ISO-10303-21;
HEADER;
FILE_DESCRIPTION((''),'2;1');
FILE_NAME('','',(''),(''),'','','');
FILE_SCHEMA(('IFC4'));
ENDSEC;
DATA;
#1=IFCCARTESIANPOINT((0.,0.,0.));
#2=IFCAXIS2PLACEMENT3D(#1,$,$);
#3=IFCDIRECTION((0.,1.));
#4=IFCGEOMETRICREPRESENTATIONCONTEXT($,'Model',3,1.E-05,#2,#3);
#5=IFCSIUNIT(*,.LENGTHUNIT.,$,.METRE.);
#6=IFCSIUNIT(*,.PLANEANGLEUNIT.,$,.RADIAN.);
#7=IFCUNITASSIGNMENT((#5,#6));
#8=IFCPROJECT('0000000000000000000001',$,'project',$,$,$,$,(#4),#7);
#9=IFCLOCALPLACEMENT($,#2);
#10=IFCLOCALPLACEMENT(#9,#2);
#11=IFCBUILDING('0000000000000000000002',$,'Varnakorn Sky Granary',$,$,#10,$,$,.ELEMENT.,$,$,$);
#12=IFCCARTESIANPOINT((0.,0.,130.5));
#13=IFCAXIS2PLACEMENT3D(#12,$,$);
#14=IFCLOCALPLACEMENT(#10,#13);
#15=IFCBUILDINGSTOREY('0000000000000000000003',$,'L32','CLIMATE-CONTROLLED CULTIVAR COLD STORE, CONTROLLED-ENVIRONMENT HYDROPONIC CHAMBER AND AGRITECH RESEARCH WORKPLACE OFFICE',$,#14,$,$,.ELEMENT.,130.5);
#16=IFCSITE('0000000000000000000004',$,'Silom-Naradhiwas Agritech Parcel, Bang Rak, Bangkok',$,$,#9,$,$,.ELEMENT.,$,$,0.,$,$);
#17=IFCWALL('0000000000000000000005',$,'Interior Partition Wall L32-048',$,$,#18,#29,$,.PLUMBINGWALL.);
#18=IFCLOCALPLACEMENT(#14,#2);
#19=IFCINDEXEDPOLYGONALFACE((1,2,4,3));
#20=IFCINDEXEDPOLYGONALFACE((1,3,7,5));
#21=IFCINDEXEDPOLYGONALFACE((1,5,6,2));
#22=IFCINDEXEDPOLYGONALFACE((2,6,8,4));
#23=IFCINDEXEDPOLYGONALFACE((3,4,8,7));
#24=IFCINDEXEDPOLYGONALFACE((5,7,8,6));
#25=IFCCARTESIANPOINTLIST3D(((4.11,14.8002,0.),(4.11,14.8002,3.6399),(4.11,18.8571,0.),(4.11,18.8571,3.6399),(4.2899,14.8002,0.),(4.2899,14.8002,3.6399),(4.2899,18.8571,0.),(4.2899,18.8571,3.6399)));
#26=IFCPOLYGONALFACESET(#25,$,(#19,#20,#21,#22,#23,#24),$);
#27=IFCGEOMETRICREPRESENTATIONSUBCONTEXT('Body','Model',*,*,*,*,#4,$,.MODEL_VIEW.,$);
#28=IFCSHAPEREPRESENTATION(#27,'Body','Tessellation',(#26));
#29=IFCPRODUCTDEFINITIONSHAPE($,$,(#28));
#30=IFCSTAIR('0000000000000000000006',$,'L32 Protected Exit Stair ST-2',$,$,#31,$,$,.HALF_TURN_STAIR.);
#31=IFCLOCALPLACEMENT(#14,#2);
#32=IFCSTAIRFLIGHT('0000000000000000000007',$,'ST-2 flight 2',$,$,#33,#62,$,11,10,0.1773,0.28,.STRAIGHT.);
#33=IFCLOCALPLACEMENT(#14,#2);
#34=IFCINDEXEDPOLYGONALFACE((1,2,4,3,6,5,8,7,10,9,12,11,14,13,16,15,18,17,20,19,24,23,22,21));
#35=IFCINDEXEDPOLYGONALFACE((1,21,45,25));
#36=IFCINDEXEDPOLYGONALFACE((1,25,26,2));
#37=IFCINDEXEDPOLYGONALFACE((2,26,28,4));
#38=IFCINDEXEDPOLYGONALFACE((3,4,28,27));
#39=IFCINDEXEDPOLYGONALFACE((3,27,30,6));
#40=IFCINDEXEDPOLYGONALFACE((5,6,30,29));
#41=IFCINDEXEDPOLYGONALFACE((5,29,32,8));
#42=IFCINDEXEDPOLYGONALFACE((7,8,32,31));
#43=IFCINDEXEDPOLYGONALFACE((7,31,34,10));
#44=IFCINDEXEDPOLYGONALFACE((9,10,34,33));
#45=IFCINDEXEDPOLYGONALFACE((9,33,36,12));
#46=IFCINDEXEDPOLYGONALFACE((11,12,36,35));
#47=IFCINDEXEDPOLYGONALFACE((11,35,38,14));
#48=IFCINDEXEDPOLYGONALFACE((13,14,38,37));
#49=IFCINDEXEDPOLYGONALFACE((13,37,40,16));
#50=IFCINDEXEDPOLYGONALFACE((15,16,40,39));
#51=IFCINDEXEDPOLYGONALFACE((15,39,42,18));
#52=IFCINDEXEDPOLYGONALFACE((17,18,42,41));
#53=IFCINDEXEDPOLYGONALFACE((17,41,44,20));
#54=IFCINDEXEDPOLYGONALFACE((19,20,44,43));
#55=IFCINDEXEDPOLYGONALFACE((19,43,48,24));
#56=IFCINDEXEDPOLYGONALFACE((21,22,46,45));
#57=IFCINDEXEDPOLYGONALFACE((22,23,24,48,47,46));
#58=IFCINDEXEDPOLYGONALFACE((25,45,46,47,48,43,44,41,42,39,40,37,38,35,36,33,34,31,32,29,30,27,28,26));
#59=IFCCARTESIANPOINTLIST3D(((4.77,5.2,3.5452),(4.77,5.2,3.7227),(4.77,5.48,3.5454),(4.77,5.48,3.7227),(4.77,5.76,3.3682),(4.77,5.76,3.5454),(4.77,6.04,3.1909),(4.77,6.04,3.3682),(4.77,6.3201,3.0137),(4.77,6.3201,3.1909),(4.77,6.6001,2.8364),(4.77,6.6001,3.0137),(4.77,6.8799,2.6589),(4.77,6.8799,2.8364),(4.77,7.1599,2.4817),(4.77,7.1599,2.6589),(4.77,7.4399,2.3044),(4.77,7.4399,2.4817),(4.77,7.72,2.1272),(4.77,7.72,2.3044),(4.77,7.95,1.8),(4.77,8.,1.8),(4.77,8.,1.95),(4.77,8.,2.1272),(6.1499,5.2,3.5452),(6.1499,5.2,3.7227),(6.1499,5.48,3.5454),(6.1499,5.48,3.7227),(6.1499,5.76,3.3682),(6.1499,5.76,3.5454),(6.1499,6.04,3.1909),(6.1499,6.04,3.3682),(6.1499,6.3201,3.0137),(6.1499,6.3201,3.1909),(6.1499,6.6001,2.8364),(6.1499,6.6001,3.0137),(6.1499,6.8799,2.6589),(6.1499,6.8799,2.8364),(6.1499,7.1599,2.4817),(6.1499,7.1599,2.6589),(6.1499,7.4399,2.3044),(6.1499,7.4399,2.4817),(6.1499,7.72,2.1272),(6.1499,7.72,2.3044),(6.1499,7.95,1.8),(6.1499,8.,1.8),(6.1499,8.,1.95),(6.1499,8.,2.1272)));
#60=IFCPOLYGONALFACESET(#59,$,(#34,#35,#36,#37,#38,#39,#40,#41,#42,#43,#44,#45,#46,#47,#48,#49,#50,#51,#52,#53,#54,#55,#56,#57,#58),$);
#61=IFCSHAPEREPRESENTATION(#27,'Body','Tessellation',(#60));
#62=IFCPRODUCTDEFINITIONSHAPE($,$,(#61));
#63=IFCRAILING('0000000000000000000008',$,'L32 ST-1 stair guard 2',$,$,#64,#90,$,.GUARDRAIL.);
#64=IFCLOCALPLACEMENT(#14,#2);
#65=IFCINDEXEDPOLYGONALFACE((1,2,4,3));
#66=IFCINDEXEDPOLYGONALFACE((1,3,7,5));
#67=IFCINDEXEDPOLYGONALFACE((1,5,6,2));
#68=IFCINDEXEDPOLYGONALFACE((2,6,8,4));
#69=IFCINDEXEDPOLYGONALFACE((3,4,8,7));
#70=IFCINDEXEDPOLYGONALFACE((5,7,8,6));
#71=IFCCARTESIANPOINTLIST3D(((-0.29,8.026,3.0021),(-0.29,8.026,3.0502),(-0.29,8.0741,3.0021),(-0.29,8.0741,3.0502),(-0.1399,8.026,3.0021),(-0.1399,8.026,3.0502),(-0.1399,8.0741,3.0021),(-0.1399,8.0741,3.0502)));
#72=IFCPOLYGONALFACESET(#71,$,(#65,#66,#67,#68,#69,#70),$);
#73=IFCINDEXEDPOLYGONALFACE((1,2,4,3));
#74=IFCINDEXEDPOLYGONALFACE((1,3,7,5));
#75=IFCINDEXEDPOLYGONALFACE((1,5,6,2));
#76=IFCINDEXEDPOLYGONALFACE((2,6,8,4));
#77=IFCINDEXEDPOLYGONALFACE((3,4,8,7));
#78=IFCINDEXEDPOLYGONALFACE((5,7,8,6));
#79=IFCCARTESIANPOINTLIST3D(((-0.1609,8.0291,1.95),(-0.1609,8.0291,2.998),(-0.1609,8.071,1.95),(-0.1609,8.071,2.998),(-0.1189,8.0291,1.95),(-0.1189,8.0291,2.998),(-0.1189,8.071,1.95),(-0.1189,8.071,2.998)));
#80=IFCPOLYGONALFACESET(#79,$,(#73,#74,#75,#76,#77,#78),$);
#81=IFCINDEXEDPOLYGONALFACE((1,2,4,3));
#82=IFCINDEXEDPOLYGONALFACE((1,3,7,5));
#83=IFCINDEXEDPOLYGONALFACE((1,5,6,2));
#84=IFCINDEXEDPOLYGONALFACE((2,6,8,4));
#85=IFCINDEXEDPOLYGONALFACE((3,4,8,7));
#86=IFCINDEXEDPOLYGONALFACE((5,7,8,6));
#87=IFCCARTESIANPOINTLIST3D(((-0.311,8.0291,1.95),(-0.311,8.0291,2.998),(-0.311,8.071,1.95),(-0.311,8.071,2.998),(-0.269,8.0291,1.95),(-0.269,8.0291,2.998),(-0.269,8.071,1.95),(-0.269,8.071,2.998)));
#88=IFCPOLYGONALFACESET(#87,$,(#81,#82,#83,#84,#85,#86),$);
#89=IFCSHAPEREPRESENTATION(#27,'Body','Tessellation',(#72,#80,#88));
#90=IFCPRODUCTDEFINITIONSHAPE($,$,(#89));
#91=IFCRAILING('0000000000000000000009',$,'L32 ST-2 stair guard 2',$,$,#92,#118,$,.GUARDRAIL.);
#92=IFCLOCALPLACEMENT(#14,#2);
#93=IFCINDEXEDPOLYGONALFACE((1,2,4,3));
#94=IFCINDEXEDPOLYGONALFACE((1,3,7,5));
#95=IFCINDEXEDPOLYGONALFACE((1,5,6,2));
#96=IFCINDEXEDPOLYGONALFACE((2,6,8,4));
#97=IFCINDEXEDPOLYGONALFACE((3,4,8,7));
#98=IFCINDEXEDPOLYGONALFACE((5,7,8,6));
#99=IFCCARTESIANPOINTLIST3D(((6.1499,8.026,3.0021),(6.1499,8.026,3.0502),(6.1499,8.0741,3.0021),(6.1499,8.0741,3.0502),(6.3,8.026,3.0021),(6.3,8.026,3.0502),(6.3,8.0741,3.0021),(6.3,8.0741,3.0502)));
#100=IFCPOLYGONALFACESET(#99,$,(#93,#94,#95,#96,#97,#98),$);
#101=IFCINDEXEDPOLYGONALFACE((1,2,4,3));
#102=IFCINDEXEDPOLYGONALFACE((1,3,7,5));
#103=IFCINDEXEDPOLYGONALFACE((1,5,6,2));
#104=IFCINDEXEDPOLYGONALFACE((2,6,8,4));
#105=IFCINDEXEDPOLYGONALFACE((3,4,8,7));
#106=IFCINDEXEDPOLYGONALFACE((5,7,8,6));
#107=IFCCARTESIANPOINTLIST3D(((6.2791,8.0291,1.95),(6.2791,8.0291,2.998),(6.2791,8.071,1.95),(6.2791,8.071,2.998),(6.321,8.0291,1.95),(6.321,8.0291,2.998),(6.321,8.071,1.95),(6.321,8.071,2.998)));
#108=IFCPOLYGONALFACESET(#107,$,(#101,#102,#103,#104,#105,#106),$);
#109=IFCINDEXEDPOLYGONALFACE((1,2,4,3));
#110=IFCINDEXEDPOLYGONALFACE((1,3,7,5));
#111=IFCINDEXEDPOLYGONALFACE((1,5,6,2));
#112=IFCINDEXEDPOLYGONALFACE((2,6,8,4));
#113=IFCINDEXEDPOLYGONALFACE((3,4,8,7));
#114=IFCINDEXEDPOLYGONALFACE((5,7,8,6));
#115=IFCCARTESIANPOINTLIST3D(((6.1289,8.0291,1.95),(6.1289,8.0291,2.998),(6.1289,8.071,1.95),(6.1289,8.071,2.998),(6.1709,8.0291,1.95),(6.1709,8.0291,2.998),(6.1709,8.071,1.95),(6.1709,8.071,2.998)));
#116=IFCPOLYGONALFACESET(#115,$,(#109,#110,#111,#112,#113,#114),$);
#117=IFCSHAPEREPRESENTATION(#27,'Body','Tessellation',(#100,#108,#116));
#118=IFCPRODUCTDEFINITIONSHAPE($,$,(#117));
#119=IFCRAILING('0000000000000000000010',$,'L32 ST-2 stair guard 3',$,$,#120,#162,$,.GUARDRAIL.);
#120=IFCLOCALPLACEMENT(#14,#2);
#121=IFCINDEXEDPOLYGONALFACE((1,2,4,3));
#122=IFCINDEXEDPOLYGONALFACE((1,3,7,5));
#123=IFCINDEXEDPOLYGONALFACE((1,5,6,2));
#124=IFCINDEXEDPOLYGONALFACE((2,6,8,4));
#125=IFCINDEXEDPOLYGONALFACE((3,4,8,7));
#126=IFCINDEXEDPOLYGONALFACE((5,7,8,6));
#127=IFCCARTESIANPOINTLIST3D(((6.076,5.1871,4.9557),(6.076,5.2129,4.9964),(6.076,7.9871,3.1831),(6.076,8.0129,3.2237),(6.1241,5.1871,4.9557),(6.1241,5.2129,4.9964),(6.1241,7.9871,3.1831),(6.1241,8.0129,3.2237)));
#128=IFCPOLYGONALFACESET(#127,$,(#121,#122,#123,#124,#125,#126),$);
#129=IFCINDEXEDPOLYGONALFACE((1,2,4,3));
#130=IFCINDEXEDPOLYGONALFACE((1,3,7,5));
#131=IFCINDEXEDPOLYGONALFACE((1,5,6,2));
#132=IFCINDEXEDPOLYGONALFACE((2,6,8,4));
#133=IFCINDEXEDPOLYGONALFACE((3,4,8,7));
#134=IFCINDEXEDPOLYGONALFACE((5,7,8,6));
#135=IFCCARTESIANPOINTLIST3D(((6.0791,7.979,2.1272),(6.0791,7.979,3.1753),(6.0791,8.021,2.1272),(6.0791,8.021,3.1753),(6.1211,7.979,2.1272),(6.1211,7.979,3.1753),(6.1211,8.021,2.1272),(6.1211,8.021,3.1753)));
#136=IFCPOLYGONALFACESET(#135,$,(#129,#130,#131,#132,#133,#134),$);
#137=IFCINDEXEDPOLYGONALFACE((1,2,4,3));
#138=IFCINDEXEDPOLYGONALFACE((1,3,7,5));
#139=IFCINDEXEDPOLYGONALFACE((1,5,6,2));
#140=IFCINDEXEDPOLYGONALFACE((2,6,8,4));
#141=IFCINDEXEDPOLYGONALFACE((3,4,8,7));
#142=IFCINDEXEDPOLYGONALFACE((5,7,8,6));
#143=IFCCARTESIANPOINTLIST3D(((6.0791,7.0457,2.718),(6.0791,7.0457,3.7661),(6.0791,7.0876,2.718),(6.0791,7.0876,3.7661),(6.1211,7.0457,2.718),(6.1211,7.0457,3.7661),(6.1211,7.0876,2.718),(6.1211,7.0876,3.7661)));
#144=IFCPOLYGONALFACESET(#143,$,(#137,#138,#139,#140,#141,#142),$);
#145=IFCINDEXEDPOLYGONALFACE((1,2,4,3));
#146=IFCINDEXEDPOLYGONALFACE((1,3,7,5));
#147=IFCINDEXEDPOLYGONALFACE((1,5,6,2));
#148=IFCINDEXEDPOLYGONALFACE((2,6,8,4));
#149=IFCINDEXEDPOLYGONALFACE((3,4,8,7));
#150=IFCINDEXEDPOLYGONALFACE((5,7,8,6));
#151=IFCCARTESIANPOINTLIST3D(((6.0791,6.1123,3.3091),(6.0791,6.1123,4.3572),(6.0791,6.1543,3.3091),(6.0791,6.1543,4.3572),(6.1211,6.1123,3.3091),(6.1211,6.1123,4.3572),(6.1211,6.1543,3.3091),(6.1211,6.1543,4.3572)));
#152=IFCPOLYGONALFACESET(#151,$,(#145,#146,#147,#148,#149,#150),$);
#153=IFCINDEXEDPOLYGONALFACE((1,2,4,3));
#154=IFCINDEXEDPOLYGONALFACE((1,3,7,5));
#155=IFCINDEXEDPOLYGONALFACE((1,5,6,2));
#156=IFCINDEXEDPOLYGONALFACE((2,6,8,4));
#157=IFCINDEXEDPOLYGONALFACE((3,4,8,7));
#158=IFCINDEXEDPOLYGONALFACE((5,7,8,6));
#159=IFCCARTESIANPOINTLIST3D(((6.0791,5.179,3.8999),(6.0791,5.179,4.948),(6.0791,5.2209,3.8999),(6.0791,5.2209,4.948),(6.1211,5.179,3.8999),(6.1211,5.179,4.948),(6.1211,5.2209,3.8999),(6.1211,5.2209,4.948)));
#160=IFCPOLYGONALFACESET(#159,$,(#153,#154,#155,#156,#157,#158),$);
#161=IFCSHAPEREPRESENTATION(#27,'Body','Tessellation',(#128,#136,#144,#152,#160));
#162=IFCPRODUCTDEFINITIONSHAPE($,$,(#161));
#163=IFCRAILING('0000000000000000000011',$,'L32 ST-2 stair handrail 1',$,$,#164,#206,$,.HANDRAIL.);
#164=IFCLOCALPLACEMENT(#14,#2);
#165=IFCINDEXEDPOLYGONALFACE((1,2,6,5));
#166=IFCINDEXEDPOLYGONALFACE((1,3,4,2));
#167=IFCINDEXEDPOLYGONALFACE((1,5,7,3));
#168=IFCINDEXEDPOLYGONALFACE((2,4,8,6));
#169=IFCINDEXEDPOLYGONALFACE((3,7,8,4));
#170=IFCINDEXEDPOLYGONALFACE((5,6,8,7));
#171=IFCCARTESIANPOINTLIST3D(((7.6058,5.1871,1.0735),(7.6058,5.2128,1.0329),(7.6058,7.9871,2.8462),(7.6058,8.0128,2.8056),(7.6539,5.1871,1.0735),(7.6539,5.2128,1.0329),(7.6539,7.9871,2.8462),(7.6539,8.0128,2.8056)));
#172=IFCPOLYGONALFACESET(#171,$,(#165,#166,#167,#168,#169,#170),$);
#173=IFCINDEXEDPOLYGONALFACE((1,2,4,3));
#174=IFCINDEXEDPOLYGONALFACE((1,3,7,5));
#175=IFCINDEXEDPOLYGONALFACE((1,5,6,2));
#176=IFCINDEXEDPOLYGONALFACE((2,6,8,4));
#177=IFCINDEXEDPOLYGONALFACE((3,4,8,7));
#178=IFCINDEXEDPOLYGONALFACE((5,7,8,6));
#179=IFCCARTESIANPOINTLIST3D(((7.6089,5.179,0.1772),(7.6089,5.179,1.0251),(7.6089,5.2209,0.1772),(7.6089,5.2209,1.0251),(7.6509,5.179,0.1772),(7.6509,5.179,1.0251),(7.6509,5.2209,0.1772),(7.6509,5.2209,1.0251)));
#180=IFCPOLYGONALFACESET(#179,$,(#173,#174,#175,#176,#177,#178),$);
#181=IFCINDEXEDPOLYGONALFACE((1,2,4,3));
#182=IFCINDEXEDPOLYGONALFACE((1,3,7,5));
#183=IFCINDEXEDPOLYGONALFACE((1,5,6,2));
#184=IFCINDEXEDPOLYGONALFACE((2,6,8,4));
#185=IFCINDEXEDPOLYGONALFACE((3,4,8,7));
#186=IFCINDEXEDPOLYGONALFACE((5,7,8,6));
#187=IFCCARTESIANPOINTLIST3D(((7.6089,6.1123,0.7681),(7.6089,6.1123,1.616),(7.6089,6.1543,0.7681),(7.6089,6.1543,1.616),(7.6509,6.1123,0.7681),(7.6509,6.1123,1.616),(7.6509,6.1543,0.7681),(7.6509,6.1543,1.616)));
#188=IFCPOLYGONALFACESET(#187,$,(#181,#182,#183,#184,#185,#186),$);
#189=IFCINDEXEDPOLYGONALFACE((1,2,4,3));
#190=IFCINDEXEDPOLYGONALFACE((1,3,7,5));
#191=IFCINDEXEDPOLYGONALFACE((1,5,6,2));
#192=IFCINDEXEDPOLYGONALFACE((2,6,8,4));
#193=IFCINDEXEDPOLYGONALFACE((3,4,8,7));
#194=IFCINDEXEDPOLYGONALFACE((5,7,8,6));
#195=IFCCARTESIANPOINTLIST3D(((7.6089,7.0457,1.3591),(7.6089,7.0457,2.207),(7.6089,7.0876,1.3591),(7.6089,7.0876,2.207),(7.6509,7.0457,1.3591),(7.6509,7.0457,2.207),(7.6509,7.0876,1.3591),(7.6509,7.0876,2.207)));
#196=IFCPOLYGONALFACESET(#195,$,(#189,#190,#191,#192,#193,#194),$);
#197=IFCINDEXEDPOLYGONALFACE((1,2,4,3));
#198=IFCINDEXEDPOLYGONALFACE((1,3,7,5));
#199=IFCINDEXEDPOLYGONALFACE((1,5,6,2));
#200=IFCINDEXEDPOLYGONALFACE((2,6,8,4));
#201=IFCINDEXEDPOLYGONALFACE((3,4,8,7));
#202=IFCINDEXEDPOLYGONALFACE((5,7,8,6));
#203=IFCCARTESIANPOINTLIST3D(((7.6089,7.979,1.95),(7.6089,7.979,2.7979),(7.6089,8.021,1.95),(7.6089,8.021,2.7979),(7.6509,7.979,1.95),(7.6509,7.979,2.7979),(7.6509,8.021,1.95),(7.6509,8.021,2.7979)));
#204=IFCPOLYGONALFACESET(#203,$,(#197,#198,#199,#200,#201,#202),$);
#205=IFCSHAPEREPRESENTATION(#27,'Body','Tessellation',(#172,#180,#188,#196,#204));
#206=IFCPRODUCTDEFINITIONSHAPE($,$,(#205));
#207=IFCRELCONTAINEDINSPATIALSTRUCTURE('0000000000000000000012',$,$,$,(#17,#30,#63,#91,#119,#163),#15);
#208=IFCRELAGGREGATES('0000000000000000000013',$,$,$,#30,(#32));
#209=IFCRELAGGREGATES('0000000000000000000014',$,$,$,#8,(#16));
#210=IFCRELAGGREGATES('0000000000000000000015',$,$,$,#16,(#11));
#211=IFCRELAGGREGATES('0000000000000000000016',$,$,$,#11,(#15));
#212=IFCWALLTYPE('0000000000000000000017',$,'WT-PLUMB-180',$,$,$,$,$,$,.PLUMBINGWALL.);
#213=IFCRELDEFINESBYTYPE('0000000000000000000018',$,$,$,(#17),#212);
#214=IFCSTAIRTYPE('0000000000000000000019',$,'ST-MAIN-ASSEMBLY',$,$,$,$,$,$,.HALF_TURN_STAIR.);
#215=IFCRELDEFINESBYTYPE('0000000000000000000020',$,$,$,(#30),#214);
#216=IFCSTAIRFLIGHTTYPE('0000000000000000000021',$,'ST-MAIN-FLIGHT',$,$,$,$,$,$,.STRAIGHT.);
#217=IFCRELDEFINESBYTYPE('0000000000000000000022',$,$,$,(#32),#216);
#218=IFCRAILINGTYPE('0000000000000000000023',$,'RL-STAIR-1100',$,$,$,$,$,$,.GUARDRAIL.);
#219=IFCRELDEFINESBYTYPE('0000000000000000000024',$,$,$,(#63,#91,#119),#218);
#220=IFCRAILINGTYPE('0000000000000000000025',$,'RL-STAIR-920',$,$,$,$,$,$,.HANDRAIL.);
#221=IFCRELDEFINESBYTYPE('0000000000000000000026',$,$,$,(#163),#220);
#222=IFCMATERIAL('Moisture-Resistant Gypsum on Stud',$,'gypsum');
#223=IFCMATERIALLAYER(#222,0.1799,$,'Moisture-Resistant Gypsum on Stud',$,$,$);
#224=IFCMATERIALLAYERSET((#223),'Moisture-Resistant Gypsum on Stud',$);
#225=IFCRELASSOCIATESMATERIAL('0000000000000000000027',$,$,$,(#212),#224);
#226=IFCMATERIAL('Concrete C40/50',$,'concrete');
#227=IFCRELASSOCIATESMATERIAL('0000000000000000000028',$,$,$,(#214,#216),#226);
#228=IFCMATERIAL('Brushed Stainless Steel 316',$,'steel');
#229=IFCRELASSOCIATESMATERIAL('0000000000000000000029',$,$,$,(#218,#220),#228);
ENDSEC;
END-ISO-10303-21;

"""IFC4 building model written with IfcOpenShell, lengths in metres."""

from ifc_helpers import new_model, si_unit, direction, frame, frame_2d, origin, origin_2d, place, context, subcontext, project, spatial, polyline, rectangle, outline, extrude, material, layer, layer_set, type_object, element, aggregate, save


model = new_model("IFC4")

# Units and contexts
model_context = context("Model", 3, precision=1e-05, world=origin(), true_north=direction((0.0, 1.0)))
body_context = subcontext(model_context, "Body", "Model", "MODEL_VIEW")
ifc_project = project(units=[si_unit("LENGTHUNIT", "METRE"), si_unit("PLANEANGLEUNIT", "RADIAN")], contexts=[model_context])

# Site, building, storey
site_placement = place(None, origin())
site = spatial("IfcSite", under=ifc_project, at=site_placement, Name="Silom-Naradhiwas Agritech Parcel, Bang Rak, Bangkok", CompositionType="ELEMENT", RefElevation=0.0)
building_placement = place(site_placement, origin())
building = spatial("IfcBuilding", under=site, at=building_placement, Name="Varnakorn Sky Granary", CompositionType="ELEMENT")
storey_placement = place(building_placement, frame((0.0, 0.0, 130.5)))
storey = spatial("IfcBuildingStorey", under=building, at=storey_placement, Name="L32", Description="CLIMATE-CONTROLLED CULTIVAR COLD STORE, CONTROLLED-ENVIRONMENT HYDROPONIC CHAMBER AND AGRITECH RESEARCH WORKPLACE OFFICE", CompositionType="ELEMENT", Elevation=130.5)

# Shared definitions
ifc_material_1 = material(Name="Moisture-Resistant Gypsum on Stud", Category="gypsum")
ifc_layer_1 = layer(ifc_material_1, 0.1799, Name="Moisture-Resistant Gypsum on Stud")
ifc_layer_set_1 = layer_set([ifc_layer_1], Name="Moisture-Resistant Gypsum on Stud")
wall_type_1 = type_object("IfcWallType", Name="WT-PLUMB-180", PredefinedType="PLUMBINGWALL", material=ifc_layer_set_1)

# Wall
wall_1_placement = place(storey_placement, frame((4.2, 18.8569, 0.0), z_axis=(0.0, 0.0, 1.0), x_axis=(0.0, -1.0, 0.0)))
element("IfcWall", 1, at=wall_1_placement, inside=storey, type_object=wall_type_1, Name="Interior Partition Wall L32-048", PredefinedType="PLUMBINGWALL", context=body_context, shape_type="SweptSolid", body=[
    extrude(rectangle(XDim=4.0569, YDim=0.1799, at=frame_2d((2.0283, 0.0))), origin(), (0.0, 0.0, 1.0), 3.6399),
])

# Stair, stair flight
ifc_material_2 = material(Name="Concrete C40/50", Category="concrete")
stair_type = type_object("IfcStairType", Name="ST-MAIN-ASSEMBLY", PredefinedType="HALF_TURN_STAIR", material=ifc_material_2)
stair_placement = place(storey_placement, origin())
stair = element("IfcStair", 2, at=stair_placement, inside=storey, type_object=stair_type, Name="L32 Protected Exit Stair ST-2", PredefinedType="HALF_TURN_STAIR")
stair_flight_type = type_object("IfcStairFlightType", Name="ST-MAIN-FLIGHT", PredefinedType="STRAIGHT", material=ifc_material_2)
stair_flight_placement = place(storey_placement, frame((5.46, 8.0, 1.95), z_axis=(0.0, 0.0, 1.0), x_axis=(0.0, -1.0, 0.0)))
stair_flight = element("IfcStairFlight", 3, at=stair_flight_placement, type_object=stair_flight_type, Name="ST-2 flight 2", NumberOfRisers=11, NumberOfTreads=10, PredefinedType="STRAIGHT", RiserHeight=0.1773, TreadLength=0.28, context=body_context, shape_type="SweptSolid", body=[
    extrude(outline(polyline([(0.0, -0.1499), (0.0, 0.0), (0.0, 0.1772), (0.28, 0.1772), (0.28, 0.3545), (0.5601, 0.3545), (0.5601, 0.5317), (0.8401, 0.5317), (0.8401, 0.709), (1.1201, 0.709), (1.1201, 0.8865), (1.3999, 0.8865), (1.3999, 1.0637), (1.6799, 1.0637), (1.6799, 1.241), (1.96, 1.241), (1.96, 1.4182), (2.24, 1.4182), (2.24, 1.5955), (2.52, 1.5955), (2.52, 1.7727), (2.8, 1.7727), (2.8, 1.95), (2.8, 1.5952), (0.05, -0.1499), (0.0, -0.1499)])), frame((0.0, 0.6899, 0.0), z_axis=(0.0, -1.0, 0.0), x_axis=(1.0, 0.0, 0.0)), (0.0, 0.0, 1.0), 1.3799),
])
aggregate(stair, [stair_flight])

# Railings
ifc_material_3 = material(Name="Brushed Stainless Steel 316", Category="steel")
railing_type_1 = type_object("IfcRailingType", Name="RL-STAIR-1100", PredefinedType="GUARDRAIL", material=ifc_material_3)
for number, where, name in (
    (4, (-0.1399, 8.05, 1.95), "L32 ST-1 stair guard 2"),
    (5, (6.3, 8.05, 1.95), "L32 ST-2 stair guard 2"),
):
    element("IfcRailing", number, at=place(storey_placement, frame(where)), inside=storey, type_object=railing_type_1, Name=name, PredefinedType="GUARDRAIL", context=body_context, shape_type="SweptSolid", body=[
        extrude(rectangle(XDim=0.0481, YDim=0.0481, at=origin_2d()), frame((0.0, 0.0, 1.0762), z_axis=(-1.0, 0.0, 0.0), x_axis=(0.0, -1.0, 0.0)), (0.0, 0.0, 1.0), 0.1501),
        extrude(rectangle(XDim=0.042, YDim=0.042, at=origin_2d()), origin(), (0.0, 0.0, 1.0), 1.0481),
        extrude(rectangle(XDim=0.042, YDim=0.042, at=origin_2d()), frame((-0.1501, 0.0, 0.0)), (0.0, 0.0, 1.0), 1.0481),
    ])
railing_1_placement = place(storey_placement, frame((6.1001, 8.0, 2.1272)))
element("IfcRailing", 6, at=railing_1_placement, inside=storey, type_object=railing_type_1, Name="L32 ST-2 stair guard 3", PredefinedType="GUARDRAIL", context=body_context, shape_type="SweptSolid", body=[
    extrude(rectangle(XDim=0.0481, YDim=0.0481, at=origin_2d()), frame((0.0, 0.0, 1.0762), z_axis=(0.0, -0.844909, 0.53491), x_axis=(1.0, 0.0, 0.0)), (0.0, 0.0, 1.0), 3.314),
    extrude(rectangle(XDim=0.042, YDim=0.042, at=origin_2d()), origin(), (0.0, 0.0, 1.0), 1.0481),
    extrude(rectangle(XDim=0.042, YDim=0.042, at=origin_2d()), frame((0.0, -0.9333, 0.5908)), (0.0, 0.0, 1.0), 1.0481),
    extrude(rectangle(XDim=0.042, YDim=0.042, at=origin_2d()), frame((0.0, -1.8667, 1.1819)), (0.0, 0.0, 1.0), 1.0481),
    extrude(rectangle(XDim=0.042, YDim=0.042, at=origin_2d()), frame((0.0, -2.8, 1.7727)), (0.0, 0.0, 1.0), 1.0481),
])
railing_type_2 = type_object("IfcRailingType", Name="RL-STAIR-920", PredefinedType="HANDRAIL", material=ifc_material_3)
railing_2_placement = place(storey_placement, frame((7.6299, 5.2, 0.1772)))
element("IfcRailing", 7, at=railing_2_placement, inside=storey, type_object=railing_type_2, Name="L32 ST-2 stair handrail 1", PredefinedType="HANDRAIL", context=body_context, shape_type="SweptSolid", body=[
    extrude(rectangle(XDim=0.0481, YDim=0.0481, at=origin_2d()), frame((0.0, 0.0, 0.876), z_axis=(0.0, 0.844909, 0.53491), x_axis=(-1.0, 0.0, 0.0)), (0.0, 0.0, 1.0), 3.314),
    extrude(rectangle(XDim=0.042, YDim=0.042, at=origin_2d()), origin(), (0.0, 0.0, 1.0), 0.8479),
    extrude(rectangle(XDim=0.042, YDim=0.042, at=origin_2d()), frame((0.0, 0.9333, 0.5908)), (0.0, 0.0, 1.0), 0.8479),
    extrude(rectangle(XDim=0.042, YDim=0.042, at=origin_2d()), frame((0.0, 1.8667, 1.1819)), (0.0, 0.0, 1.0), 0.8479),
    extrude(rectangle(XDim=0.042, YDim=0.042, at=origin_2d()), frame((0.0, 2.8, 1.7727)), (0.0, 0.0, 1.0), 0.8479),
])

save(model, "model.ifc")
